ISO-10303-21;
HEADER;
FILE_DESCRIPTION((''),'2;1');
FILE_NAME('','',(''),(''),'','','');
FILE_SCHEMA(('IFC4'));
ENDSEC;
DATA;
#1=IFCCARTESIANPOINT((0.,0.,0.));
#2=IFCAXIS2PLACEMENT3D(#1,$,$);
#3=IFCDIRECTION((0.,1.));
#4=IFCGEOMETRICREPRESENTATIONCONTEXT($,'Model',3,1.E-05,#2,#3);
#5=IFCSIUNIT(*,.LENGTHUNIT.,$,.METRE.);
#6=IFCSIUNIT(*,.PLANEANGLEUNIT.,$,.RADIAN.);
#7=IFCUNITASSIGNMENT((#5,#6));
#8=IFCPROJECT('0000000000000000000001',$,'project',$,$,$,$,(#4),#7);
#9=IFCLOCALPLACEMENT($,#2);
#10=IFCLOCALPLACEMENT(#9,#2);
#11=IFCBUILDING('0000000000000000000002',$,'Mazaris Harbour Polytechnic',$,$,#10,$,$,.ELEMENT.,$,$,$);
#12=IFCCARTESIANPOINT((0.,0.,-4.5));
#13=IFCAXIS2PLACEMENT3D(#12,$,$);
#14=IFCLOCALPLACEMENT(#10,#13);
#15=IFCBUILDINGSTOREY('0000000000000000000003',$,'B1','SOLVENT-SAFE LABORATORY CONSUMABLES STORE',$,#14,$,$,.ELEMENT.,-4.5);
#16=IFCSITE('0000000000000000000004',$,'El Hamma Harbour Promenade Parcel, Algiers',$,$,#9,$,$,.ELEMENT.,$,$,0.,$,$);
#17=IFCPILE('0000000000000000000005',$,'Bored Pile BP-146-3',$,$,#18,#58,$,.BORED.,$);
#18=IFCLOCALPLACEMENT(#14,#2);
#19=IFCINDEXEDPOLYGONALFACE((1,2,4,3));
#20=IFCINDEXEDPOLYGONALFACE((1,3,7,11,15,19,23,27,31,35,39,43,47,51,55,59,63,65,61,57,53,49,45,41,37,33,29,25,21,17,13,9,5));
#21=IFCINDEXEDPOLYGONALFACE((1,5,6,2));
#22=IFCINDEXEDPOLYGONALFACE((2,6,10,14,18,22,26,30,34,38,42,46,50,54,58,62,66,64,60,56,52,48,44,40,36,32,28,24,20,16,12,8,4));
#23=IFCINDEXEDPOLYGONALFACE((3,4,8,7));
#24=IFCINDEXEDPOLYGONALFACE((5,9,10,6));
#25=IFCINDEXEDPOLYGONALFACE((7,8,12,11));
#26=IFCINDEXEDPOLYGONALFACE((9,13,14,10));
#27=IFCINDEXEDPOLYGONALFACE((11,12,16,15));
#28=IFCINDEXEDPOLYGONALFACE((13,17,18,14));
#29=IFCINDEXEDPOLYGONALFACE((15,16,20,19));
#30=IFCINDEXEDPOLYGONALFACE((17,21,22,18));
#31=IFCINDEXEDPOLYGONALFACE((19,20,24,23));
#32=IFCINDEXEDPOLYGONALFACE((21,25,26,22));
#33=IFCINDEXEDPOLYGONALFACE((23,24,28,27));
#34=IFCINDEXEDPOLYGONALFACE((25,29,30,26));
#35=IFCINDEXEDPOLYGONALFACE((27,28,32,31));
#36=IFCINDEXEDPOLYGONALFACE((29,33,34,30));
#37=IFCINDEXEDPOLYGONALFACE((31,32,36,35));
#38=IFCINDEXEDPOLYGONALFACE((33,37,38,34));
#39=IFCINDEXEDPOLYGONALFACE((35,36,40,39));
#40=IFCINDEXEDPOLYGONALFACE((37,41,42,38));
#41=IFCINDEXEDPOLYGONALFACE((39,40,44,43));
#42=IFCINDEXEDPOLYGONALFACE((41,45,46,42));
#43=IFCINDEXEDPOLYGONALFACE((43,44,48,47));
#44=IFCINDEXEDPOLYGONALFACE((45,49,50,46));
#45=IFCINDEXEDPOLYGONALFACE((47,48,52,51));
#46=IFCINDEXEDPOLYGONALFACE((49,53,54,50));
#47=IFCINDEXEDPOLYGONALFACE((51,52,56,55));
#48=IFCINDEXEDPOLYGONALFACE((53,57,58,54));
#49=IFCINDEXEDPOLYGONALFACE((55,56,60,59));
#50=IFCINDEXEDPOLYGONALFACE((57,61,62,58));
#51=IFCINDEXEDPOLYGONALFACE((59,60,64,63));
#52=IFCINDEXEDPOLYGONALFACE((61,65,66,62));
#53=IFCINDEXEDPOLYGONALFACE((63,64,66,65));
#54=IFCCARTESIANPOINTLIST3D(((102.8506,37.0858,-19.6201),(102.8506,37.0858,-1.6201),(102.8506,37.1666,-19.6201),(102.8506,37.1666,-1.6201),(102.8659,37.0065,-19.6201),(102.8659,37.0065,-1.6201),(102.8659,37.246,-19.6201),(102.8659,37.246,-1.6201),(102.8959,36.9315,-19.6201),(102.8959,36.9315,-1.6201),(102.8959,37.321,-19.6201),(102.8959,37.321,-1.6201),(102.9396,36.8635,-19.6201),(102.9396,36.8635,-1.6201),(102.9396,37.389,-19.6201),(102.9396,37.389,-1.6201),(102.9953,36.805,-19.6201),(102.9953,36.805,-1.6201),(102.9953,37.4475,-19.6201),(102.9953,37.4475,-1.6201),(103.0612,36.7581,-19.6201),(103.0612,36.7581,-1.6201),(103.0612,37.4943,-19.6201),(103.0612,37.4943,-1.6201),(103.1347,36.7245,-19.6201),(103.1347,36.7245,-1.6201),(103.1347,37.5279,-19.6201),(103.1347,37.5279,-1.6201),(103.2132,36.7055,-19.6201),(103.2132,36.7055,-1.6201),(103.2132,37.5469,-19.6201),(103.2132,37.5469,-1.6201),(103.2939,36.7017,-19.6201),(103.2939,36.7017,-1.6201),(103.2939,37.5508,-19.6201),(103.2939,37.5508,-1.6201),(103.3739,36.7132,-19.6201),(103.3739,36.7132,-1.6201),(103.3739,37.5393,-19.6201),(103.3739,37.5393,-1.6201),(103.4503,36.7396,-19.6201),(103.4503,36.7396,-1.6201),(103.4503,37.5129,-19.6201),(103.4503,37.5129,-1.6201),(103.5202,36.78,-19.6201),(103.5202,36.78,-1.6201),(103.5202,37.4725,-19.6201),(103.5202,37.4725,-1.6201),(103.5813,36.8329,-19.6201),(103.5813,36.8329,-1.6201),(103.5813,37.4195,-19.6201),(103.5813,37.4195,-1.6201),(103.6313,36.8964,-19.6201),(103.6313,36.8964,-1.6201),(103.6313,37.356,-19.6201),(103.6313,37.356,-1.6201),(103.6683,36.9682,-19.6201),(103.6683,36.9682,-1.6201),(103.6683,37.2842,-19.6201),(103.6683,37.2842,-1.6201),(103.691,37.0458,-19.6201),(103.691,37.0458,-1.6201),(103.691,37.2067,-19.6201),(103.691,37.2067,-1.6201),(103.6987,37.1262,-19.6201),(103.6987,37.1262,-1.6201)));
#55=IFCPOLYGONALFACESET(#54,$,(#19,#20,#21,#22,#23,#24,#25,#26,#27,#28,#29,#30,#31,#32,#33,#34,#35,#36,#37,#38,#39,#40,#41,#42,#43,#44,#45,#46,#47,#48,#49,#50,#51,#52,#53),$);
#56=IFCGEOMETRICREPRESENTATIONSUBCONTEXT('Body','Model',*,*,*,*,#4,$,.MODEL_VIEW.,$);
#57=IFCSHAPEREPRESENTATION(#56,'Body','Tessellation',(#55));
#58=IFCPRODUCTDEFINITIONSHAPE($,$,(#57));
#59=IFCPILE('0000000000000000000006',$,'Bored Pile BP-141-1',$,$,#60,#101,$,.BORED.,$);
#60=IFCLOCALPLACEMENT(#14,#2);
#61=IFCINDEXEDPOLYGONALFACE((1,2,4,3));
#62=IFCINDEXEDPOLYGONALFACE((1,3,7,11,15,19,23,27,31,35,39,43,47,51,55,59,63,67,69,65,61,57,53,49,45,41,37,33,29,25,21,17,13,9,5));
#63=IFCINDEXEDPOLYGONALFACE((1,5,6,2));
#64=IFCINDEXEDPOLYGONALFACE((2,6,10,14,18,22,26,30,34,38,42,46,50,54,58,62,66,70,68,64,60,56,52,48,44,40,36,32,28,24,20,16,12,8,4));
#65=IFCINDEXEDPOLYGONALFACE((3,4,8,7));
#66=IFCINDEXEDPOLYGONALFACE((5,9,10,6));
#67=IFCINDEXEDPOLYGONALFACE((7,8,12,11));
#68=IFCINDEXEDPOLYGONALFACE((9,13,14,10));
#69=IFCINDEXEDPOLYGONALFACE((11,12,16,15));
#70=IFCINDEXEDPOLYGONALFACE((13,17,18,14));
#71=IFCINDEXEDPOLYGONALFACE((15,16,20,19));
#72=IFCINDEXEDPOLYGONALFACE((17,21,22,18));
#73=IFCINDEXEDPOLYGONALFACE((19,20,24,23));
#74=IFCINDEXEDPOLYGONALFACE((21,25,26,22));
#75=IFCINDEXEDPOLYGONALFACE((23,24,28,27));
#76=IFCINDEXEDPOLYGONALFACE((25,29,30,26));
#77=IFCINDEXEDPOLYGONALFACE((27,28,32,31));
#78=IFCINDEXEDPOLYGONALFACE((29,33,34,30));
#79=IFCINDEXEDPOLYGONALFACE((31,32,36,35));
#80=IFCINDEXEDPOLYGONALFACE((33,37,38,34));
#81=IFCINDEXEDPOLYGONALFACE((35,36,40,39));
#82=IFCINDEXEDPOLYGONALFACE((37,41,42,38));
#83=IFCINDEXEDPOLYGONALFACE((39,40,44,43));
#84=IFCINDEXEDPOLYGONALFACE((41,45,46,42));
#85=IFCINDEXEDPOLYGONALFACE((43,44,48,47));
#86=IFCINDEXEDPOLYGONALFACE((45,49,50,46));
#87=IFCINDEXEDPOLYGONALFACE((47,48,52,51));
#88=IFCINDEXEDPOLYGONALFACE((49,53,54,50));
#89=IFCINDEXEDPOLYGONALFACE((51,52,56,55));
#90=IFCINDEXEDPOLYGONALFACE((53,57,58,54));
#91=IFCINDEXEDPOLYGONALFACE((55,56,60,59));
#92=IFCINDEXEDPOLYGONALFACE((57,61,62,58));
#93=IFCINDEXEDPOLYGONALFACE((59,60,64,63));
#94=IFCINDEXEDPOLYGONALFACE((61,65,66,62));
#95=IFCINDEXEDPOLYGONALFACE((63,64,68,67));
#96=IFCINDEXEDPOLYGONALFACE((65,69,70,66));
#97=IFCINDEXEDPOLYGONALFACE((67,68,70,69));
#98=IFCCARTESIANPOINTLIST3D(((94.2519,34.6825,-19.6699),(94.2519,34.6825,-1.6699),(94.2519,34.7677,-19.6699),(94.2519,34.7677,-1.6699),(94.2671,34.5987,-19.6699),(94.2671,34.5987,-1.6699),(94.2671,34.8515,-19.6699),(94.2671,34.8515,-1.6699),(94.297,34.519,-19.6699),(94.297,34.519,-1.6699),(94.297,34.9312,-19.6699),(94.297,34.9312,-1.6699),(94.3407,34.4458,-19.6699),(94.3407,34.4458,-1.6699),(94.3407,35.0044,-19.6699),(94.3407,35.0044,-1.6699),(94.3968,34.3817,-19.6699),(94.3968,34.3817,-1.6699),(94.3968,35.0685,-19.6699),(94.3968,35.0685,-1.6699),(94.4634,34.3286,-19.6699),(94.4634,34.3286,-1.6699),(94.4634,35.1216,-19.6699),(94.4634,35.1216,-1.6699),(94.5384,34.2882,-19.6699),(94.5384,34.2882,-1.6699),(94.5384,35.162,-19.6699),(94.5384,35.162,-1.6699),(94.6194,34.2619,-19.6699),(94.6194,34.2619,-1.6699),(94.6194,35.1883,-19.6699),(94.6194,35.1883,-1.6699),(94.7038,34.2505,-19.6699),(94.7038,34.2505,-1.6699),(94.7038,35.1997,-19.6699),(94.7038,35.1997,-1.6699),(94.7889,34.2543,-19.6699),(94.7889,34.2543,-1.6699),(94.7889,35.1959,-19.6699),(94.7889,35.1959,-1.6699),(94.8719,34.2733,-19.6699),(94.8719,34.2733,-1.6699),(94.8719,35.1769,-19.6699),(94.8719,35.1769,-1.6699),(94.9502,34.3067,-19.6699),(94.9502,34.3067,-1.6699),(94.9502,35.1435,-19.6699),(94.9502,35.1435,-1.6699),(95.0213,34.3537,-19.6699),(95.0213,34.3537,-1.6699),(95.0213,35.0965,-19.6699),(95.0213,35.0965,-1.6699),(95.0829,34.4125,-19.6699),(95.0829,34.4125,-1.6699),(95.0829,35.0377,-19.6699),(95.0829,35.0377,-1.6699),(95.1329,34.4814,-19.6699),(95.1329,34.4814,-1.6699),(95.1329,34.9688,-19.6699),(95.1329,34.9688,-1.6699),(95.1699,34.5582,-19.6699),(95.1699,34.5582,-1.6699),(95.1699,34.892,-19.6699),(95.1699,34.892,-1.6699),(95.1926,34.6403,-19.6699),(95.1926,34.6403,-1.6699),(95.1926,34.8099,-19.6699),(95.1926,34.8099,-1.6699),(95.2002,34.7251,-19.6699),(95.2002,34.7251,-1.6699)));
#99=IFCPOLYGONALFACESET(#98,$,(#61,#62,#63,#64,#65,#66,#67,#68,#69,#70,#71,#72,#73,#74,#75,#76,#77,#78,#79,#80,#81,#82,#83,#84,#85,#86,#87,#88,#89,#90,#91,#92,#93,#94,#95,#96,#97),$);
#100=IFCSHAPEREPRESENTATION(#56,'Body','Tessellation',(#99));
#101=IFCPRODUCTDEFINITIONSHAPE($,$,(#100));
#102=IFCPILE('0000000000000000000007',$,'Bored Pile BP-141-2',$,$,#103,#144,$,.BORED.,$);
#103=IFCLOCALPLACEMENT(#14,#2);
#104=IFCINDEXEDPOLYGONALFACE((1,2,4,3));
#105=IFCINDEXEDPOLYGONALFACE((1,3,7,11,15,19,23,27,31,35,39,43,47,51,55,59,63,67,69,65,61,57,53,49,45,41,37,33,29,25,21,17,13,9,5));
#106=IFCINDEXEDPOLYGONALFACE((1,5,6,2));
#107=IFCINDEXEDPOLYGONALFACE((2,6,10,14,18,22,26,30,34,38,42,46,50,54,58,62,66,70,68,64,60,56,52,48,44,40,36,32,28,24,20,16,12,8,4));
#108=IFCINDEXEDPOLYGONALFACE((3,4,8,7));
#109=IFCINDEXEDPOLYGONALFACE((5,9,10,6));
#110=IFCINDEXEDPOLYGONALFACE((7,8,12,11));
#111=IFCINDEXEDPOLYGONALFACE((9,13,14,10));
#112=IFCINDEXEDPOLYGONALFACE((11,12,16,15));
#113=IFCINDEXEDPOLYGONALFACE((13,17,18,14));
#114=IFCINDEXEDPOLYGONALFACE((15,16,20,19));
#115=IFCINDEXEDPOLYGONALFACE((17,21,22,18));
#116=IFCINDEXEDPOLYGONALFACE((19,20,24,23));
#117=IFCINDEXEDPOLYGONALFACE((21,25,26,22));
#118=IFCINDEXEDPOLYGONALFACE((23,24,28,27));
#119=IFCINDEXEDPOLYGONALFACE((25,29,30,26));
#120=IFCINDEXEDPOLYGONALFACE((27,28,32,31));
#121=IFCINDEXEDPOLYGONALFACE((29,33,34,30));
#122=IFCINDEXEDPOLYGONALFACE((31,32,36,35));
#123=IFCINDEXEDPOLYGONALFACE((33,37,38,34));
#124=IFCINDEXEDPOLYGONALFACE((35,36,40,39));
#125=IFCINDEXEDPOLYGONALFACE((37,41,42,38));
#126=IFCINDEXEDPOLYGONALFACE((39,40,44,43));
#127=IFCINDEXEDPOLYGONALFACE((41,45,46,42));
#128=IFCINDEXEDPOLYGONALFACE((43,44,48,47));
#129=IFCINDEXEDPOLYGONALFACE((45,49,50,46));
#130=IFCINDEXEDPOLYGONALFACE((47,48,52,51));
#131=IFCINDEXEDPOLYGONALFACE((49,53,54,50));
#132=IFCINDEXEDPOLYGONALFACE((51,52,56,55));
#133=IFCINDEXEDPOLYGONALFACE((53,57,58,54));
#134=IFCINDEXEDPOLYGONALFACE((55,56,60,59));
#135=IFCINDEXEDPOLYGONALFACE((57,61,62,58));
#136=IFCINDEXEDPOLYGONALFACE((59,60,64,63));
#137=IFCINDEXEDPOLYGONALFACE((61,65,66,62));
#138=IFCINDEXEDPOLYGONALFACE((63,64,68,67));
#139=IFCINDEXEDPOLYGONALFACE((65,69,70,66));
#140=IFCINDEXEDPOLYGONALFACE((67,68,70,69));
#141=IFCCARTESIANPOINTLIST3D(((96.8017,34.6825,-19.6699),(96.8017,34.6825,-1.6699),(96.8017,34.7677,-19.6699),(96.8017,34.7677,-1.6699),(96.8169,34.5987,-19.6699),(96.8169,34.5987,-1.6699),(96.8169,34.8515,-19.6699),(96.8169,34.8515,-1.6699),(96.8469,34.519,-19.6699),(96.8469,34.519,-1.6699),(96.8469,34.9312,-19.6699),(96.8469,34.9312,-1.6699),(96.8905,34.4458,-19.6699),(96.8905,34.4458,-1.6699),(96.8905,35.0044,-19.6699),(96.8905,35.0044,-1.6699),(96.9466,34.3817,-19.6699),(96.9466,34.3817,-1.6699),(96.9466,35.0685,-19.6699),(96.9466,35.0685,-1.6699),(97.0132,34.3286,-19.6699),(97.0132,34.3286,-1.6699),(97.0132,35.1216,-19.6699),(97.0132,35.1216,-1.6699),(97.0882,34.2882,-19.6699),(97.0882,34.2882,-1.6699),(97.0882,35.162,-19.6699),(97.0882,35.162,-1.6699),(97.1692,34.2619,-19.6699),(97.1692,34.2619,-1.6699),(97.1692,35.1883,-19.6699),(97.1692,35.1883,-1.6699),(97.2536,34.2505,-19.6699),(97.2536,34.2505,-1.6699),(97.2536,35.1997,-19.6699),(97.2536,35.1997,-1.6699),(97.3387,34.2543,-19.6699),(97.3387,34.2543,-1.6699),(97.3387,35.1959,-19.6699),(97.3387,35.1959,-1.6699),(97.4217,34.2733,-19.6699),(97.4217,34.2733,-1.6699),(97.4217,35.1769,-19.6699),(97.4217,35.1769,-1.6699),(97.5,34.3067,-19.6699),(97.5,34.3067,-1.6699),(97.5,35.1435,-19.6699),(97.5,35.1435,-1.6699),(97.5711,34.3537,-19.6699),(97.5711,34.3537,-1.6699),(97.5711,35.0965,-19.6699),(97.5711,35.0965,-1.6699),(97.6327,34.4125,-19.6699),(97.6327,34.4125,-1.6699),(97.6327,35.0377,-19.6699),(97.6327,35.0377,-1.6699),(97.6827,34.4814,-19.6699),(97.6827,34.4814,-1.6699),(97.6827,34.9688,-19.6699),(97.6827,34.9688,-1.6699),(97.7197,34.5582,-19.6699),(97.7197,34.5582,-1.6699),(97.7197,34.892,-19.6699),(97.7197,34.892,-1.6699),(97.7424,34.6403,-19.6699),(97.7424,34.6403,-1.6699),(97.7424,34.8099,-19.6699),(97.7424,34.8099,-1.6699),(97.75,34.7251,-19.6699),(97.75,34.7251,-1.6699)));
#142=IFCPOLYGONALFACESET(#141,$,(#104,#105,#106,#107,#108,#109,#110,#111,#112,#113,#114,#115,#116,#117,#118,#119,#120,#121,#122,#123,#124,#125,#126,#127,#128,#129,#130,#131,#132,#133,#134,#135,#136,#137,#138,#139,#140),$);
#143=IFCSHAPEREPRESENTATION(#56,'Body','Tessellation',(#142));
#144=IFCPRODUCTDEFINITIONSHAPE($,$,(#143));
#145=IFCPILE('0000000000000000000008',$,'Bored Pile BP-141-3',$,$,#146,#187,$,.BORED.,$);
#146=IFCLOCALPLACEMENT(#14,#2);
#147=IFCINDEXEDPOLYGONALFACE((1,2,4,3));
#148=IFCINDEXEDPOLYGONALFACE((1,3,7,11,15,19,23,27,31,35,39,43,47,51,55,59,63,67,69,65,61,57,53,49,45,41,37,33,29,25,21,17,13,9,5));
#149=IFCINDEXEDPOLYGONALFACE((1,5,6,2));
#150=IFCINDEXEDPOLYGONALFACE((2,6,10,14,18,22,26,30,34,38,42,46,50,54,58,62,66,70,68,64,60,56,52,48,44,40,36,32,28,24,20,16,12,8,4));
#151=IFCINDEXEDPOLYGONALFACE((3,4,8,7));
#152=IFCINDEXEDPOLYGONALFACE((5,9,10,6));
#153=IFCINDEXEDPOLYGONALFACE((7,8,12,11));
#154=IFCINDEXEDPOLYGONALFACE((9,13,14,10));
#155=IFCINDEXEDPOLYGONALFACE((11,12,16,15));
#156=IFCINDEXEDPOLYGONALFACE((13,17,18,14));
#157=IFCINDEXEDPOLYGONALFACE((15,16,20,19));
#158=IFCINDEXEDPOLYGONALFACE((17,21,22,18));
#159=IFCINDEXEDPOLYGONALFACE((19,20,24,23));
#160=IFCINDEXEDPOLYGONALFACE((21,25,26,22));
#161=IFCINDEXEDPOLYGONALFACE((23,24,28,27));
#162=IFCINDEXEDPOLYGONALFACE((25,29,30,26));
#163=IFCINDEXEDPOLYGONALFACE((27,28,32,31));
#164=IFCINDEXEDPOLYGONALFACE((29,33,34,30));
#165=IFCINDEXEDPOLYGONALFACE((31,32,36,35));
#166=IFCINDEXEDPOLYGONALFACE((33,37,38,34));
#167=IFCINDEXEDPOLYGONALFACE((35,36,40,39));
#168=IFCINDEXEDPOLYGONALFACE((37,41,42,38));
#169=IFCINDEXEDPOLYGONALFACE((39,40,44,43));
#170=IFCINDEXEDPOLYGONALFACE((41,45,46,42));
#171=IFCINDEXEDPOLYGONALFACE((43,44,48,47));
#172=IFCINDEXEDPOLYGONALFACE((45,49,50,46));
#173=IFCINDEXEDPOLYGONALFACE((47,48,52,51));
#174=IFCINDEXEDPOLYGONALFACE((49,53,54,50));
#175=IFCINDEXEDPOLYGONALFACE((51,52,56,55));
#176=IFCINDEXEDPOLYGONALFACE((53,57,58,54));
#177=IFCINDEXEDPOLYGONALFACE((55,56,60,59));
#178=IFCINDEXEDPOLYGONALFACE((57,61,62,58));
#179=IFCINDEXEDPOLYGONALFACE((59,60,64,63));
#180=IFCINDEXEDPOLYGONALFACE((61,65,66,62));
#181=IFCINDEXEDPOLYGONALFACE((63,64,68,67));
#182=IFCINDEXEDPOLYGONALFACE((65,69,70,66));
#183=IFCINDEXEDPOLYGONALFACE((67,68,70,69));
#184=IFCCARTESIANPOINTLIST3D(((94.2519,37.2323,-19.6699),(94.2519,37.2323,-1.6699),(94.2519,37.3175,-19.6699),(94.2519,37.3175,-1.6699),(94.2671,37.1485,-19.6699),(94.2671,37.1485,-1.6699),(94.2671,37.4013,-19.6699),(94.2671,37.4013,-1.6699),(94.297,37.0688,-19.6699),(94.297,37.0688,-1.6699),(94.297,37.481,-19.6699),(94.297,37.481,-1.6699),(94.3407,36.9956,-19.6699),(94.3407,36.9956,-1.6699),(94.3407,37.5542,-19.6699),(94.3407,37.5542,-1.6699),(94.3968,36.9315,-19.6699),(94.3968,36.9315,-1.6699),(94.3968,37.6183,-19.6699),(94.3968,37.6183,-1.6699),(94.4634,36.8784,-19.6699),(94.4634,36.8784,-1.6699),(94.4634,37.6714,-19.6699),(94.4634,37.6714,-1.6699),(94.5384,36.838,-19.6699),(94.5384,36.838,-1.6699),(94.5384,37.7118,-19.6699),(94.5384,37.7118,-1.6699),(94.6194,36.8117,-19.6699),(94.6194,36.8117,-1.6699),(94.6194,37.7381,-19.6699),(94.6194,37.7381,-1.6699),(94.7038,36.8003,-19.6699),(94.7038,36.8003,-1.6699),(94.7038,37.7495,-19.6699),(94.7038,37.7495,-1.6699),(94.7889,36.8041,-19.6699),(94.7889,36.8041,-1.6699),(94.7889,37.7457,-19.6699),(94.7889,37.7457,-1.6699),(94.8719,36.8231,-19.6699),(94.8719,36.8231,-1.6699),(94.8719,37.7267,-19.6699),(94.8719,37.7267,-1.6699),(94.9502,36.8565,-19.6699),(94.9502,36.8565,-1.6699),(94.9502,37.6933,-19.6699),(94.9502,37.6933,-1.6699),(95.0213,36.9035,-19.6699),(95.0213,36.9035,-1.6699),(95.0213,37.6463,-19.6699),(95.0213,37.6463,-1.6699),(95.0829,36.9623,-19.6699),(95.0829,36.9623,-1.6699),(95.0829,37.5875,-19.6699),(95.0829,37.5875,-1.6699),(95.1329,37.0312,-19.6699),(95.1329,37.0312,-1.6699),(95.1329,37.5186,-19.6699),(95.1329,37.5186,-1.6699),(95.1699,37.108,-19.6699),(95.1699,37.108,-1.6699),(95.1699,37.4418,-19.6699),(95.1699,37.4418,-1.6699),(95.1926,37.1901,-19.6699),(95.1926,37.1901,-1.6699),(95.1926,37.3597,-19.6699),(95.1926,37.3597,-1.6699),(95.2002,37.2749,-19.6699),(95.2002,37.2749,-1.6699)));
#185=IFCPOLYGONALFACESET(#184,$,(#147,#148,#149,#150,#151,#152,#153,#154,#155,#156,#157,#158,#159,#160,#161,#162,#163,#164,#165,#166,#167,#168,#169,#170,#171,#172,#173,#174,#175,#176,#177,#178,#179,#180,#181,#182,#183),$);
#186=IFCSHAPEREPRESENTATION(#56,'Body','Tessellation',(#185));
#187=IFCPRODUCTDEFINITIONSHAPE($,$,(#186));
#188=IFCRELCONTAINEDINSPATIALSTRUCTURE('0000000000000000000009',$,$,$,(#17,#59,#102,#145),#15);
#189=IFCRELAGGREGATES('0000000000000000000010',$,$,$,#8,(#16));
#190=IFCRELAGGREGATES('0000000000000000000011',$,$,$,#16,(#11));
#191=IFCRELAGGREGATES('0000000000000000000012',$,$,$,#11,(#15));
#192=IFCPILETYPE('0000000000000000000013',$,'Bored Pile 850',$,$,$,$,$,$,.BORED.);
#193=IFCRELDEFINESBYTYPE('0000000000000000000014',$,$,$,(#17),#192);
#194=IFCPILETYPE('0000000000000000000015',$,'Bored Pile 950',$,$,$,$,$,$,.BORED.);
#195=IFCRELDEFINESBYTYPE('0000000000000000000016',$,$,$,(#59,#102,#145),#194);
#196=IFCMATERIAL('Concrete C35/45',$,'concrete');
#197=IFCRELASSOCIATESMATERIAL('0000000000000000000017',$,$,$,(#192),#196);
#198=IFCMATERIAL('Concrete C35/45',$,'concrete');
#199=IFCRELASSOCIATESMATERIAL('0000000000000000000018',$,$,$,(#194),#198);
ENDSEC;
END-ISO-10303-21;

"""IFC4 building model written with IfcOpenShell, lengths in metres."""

from ifc_helpers import new_model, si_unit, direction, frame, origin, origin_2d, place, context, subcontext, project, spatial, circle, extrude, material, material_profile, profile_set, type_object, element, save


model = new_model("IFC4")

# Units and contexts
model_context = context("Model", 3, precision=1e-05, world=origin(), true_north=direction((0.0, 1.0)))
body_context = subcontext(model_context, "Body", "Model", "MODEL_VIEW")
ifc_project = project(units=[si_unit("LENGTHUNIT", "METRE"), si_unit("PLANEANGLEUNIT", "RADIAN")], contexts=[model_context])

# Site, building, storey
site_placement = place(None, origin())
site = spatial("IfcSite", under=ifc_project, at=site_placement, Name="El Hamma Harbour Promenade Parcel, Algiers", CompositionType="ELEMENT", RefElevation=0.0)
building_placement = place(site_placement, origin())
building = spatial("IfcBuilding", under=site, at=building_placement, Name="Mazaris Harbour Polytechnic", CompositionType="ELEMENT")
storey_placement = place(building_placement, frame((0.0, 0.0, -4.5)))
storey = spatial("IfcBuildingStorey", under=building, at=storey_placement, Name="B1", Description="SOLVENT-SAFE LABORATORY CONSUMABLES STORE", CompositionType="ELEMENT", Elevation=-4.5)

# Piles
ifc_material_1 = material(Name="Concrete C35/45", Category="concrete")
ifc_material_profile_1 = material_profile(ifc_material_1, circle(Radius=0.425, at=origin_2d()), Name="DIA850")
ifc_profile_set_1 = profile_set([ifc_material_profile_1], Name="Concrete C35/45")
pile_type_1 = type_object("IfcPileType", Name="Bored Pile 850", PredefinedType="BORED", material=ifc_profile_set_1)
for number, where, z_axis, x_axis, name in (
    (1, (103.2737, 37.1262, -1.6201), (0.0, 0.0, -1.0), (1.0, 0.0, 0.0), "Bored Pile BP-146-3"),
):
    element("IfcPile", number, at=place(storey_placement, frame(where, z_axis=z_axis, x_axis=x_axis)), inside=storey, type_object=pile_type_1, Name=name, PredefinedType="BORED", context=body_context, shape_type="SweptSolid", body=[
        extrude(circle(Radius=0.425, at=origin_2d()), origin(), (0.0, 0.0, 1.0), 18.0),
    ])
ifc_material_2 = material(Name="Concrete C35/45", Category="concrete")
ifc_material_profile_2 = material_profile(ifc_material_2, circle(Radius=0.4751, at=origin_2d()), Name="DIA950")
ifc_profile_set_2 = profile_set([ifc_material_profile_2], Name="Concrete C35/45")
pile_type_2 = type_object("IfcPileType", Name="Bored Pile 950", PredefinedType="BORED", material=ifc_profile_set_2)
for number, where, z_axis, x_axis, name in (
    (2, (94.7251, 34.7251, -1.6699), (0.0, 0.0, -1.0), (1.0, 0.0, 0.0), "Bored Pile BP-141-1"),
    (3, (97.2749, 34.7251, -1.6699), (0.0, 0.0, -1.0), (1.0, 0.0, 0.0), "Bored Pile BP-141-2"),
    (4, (94.7251, 37.2749, -1.6699), (0.0, 0.0, -1.0), (1.0, 0.0, 0.0), "Bored Pile BP-141-3"),
):
    element("IfcPile", number, at=place(storey_placement, frame(where, z_axis=z_axis, x_axis=x_axis)), inside=storey, type_object=pile_type_2, Name=name, PredefinedType="BORED", context=body_context, shape_type="SweptSolid", body=[
        extrude(circle(Radius=0.4751, at=origin_2d()), origin(), (0.0, 0.0, 1.0), 18.0),
    ])

save(model, "model.ifc")
